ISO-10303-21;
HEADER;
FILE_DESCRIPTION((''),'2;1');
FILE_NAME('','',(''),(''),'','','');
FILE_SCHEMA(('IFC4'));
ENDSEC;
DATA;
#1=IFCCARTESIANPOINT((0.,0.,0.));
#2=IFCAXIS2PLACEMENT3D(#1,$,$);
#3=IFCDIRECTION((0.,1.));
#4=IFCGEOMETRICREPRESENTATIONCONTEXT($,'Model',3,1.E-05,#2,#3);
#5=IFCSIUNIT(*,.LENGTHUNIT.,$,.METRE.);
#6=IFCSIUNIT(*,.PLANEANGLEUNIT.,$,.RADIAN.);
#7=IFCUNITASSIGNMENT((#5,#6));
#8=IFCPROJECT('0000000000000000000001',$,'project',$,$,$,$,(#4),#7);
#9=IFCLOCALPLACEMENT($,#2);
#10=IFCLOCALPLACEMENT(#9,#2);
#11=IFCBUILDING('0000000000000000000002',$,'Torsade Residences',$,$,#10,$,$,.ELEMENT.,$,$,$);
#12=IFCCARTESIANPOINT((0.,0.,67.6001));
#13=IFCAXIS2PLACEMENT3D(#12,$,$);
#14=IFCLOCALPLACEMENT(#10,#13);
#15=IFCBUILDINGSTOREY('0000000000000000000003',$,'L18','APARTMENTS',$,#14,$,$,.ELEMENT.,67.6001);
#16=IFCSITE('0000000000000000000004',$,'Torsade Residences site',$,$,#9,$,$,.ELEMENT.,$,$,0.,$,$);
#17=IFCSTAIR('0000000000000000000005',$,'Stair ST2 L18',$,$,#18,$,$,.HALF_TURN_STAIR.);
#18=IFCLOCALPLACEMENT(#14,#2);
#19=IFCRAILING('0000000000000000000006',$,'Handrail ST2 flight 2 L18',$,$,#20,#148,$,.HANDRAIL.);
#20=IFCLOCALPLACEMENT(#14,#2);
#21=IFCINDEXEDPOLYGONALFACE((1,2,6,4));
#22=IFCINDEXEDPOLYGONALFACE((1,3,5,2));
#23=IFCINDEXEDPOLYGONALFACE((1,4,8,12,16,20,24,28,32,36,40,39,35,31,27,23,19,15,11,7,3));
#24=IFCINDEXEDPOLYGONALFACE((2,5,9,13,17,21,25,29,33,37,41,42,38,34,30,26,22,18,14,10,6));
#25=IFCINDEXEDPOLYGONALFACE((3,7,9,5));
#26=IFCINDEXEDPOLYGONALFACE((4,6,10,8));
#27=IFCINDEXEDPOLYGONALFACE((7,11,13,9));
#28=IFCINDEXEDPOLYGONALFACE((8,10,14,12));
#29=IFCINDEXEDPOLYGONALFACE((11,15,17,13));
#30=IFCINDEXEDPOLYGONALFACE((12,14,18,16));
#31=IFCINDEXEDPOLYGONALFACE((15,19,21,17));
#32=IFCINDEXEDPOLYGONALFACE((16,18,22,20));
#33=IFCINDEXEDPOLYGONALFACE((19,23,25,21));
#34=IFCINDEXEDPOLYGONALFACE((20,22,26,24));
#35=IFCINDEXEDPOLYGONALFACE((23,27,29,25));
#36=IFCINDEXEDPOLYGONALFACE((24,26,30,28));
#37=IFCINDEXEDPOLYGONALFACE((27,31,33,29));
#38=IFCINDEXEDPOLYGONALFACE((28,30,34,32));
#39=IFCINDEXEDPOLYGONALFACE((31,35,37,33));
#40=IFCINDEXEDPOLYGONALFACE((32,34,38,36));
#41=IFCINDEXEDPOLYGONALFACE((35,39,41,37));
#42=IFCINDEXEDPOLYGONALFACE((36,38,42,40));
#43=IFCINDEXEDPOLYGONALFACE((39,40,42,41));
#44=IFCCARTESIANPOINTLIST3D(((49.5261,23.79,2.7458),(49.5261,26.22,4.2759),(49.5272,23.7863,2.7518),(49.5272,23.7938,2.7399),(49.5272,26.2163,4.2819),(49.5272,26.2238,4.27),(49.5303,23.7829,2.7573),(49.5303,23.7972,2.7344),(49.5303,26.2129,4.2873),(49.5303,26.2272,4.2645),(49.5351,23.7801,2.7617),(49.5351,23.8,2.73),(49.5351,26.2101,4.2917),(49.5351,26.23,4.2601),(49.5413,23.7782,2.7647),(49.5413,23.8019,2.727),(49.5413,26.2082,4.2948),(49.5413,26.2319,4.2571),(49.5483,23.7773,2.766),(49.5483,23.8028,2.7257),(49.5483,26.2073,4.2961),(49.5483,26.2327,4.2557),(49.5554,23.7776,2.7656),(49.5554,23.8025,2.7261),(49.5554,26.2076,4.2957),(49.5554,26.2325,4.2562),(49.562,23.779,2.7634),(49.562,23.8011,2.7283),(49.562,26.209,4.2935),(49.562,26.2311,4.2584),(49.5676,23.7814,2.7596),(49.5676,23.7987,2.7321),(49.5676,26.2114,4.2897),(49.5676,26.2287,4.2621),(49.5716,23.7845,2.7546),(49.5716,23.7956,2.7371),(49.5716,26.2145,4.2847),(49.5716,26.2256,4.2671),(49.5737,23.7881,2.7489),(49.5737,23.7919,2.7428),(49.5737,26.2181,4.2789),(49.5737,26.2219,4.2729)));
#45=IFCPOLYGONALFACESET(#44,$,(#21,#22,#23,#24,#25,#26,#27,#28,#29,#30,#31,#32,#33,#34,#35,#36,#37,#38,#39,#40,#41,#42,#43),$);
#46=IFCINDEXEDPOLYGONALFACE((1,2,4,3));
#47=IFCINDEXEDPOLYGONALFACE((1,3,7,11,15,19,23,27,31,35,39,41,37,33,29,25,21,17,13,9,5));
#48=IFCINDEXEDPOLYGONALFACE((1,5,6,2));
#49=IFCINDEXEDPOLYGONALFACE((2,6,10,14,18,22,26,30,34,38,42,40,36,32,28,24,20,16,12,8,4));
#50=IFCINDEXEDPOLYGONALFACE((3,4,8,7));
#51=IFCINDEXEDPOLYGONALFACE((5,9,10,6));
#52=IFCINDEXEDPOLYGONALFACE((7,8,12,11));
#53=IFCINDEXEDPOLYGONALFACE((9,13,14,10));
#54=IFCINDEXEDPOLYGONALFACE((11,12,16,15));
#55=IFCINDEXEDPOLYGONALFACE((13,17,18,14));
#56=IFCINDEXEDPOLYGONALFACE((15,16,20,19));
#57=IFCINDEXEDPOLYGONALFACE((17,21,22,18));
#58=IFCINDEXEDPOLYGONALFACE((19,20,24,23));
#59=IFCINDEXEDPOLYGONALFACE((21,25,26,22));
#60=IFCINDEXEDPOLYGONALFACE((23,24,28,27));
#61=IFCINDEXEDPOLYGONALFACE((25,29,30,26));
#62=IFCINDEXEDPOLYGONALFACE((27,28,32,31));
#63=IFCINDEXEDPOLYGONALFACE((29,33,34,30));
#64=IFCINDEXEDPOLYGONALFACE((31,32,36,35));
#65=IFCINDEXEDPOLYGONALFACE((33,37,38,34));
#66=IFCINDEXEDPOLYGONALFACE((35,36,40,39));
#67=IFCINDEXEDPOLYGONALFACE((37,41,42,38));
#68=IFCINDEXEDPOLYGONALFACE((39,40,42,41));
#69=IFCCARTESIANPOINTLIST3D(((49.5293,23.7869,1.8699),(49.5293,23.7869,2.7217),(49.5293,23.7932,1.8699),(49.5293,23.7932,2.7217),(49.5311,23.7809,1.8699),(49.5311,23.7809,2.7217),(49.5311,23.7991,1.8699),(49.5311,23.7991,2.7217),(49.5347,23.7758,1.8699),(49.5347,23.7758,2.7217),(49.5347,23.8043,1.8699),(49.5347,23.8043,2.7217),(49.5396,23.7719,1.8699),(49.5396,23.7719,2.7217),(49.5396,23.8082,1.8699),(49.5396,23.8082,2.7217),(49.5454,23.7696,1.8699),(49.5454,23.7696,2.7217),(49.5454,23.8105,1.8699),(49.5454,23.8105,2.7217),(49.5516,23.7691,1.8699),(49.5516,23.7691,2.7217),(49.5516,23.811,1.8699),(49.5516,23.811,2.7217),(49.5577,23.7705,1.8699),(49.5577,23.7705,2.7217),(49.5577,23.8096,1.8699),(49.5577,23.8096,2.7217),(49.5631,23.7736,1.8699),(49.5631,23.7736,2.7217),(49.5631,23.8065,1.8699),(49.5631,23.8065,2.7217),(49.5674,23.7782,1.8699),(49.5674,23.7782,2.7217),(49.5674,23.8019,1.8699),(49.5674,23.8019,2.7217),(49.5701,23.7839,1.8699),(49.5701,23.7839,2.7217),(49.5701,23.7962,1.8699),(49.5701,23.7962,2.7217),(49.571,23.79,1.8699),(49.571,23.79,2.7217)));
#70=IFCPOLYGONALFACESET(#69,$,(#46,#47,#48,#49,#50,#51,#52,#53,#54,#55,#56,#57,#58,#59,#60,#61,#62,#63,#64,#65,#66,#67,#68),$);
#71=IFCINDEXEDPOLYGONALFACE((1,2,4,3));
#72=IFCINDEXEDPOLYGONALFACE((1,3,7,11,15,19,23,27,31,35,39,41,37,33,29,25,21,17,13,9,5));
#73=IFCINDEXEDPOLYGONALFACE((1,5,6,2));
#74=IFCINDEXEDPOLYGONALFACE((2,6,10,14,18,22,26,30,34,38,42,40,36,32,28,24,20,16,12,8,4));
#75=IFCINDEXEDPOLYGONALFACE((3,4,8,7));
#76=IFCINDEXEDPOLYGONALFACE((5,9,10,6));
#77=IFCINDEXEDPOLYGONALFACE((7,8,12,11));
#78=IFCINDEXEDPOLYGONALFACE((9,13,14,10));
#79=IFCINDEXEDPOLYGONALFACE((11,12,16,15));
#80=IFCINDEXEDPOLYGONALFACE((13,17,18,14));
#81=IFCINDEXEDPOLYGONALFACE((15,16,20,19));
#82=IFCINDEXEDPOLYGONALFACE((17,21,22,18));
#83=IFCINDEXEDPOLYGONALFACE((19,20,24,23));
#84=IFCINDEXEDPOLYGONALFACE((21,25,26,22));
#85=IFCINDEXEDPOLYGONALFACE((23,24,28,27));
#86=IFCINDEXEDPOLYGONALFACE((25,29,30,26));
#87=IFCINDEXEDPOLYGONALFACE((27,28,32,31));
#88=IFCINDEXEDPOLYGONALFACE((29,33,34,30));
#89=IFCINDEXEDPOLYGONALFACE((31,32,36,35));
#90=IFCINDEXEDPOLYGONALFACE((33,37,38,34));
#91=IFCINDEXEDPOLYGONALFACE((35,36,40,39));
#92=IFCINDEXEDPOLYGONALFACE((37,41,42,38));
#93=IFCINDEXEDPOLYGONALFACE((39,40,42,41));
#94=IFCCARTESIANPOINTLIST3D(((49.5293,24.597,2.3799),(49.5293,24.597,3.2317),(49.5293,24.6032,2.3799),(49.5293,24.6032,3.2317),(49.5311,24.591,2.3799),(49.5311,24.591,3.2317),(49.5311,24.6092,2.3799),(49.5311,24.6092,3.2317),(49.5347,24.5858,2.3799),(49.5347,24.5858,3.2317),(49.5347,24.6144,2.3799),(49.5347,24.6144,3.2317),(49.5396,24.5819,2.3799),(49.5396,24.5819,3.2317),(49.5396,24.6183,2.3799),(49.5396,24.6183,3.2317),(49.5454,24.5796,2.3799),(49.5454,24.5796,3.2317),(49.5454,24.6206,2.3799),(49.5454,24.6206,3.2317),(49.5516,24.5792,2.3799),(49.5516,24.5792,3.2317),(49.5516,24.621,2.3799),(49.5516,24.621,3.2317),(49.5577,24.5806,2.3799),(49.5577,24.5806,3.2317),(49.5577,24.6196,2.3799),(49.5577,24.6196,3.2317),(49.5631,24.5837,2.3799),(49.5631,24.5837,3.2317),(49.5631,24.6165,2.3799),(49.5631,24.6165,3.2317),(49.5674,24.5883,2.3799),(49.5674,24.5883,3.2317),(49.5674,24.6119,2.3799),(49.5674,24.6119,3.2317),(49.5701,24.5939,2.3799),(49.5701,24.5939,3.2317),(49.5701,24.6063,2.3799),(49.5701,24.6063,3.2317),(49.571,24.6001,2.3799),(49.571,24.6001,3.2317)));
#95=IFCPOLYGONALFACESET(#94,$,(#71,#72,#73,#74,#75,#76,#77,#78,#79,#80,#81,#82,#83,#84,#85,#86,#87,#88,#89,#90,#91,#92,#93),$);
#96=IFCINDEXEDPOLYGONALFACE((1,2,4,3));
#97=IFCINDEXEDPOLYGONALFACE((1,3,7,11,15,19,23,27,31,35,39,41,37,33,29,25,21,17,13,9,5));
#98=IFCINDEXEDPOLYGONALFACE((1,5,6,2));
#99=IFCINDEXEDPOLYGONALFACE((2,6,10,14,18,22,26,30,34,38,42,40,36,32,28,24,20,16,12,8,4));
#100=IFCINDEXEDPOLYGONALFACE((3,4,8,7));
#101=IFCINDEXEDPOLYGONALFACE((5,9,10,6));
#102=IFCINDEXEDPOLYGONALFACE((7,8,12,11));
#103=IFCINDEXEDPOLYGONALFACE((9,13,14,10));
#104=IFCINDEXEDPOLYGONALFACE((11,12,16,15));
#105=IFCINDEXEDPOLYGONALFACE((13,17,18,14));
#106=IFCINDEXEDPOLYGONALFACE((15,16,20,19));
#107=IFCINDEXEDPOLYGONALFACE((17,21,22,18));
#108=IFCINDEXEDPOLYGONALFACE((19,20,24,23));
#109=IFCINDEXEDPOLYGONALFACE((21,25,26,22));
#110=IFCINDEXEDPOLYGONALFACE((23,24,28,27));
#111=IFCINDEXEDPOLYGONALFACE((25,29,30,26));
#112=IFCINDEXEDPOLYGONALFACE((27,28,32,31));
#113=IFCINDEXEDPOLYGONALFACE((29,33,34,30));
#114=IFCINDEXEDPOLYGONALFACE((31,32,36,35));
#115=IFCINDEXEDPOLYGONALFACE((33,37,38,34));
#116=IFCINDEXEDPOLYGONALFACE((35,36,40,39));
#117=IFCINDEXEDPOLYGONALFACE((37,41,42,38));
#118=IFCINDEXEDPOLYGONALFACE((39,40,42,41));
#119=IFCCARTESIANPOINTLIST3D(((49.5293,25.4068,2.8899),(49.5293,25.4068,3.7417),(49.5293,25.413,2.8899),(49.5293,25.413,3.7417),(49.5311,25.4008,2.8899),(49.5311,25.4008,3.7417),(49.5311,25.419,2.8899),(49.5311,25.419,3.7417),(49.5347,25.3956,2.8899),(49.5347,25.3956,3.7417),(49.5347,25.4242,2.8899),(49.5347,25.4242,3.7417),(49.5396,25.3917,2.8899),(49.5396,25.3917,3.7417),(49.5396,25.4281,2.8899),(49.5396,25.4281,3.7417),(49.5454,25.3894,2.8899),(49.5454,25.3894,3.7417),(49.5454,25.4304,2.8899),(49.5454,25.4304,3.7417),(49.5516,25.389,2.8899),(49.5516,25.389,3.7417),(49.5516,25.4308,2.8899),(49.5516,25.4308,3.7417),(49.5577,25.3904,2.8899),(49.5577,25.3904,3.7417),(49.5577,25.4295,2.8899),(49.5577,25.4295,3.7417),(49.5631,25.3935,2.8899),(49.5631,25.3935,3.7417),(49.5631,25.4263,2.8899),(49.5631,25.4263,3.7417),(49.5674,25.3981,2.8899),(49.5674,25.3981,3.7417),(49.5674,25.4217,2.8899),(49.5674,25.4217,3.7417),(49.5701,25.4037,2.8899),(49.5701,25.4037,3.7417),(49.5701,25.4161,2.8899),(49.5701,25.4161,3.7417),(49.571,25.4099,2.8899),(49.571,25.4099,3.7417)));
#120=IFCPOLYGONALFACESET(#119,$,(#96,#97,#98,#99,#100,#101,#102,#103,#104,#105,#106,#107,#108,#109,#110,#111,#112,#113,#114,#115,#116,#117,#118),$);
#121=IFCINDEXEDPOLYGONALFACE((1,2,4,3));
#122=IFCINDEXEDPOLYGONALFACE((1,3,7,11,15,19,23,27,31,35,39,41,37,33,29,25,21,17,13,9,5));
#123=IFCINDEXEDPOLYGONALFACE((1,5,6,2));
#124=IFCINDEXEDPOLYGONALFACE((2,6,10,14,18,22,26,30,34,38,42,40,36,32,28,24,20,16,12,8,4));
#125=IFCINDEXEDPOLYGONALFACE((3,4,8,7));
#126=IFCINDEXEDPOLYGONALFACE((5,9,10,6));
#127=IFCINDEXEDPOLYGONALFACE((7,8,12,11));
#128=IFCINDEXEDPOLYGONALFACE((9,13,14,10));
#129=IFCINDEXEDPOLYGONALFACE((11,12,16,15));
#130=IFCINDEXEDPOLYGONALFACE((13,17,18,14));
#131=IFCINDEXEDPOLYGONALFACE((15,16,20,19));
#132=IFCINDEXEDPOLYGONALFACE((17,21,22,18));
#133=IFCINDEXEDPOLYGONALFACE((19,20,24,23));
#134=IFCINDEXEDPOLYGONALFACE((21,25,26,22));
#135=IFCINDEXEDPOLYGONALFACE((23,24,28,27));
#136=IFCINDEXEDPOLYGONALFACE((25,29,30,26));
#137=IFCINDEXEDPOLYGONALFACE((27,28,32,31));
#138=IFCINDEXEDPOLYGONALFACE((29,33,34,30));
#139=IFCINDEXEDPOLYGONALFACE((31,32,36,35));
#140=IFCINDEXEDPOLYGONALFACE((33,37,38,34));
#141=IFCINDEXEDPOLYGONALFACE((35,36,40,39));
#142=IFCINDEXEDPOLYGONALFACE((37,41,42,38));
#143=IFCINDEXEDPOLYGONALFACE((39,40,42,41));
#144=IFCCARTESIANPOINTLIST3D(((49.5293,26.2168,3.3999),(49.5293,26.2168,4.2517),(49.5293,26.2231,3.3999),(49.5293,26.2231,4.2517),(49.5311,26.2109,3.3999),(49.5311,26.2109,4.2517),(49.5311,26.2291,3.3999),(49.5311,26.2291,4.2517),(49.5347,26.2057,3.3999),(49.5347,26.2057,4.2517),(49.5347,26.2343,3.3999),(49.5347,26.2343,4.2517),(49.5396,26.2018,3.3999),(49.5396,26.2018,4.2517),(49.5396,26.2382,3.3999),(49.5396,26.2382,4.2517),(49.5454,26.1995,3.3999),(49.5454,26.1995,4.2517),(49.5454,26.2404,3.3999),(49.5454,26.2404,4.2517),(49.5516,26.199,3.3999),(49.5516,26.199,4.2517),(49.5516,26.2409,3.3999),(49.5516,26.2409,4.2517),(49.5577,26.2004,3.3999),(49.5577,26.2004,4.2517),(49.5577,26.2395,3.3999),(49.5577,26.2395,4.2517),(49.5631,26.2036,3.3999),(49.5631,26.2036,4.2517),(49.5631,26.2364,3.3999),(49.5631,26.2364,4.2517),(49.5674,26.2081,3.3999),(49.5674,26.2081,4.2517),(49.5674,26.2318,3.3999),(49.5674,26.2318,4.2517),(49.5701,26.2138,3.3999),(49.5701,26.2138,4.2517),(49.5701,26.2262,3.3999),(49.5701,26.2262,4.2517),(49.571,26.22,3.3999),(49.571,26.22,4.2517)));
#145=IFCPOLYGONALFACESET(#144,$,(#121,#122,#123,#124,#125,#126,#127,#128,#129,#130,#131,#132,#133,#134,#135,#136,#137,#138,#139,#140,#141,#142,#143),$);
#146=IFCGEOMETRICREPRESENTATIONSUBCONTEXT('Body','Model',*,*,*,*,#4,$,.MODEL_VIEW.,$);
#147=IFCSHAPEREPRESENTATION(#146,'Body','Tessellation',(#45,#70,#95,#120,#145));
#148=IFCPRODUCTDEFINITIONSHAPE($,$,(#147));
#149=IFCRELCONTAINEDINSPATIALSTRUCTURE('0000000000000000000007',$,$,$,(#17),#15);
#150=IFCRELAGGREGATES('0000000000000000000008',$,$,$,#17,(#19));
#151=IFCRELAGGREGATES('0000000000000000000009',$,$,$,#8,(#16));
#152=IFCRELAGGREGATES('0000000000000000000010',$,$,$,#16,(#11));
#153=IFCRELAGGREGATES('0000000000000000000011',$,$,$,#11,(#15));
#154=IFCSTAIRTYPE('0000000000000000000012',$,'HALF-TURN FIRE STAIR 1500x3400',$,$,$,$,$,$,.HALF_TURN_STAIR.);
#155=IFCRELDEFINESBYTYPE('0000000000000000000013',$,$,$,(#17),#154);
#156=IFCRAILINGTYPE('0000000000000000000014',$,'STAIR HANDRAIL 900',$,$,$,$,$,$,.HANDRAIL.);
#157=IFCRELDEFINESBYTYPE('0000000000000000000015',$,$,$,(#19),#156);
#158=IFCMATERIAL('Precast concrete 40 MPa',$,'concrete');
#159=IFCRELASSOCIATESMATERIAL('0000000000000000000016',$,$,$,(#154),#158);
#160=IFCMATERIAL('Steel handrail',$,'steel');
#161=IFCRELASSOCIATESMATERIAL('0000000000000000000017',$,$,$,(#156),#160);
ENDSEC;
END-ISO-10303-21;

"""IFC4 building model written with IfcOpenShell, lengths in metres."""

from ifc_helpers import new_model, si_unit, direction, frame, origin, origin_2d, place, context, subcontext, project, spatial, circle, extrude, material, type_object, element, aggregate, save


model = new_model("IFC4")

# Units and contexts
model_context = context("Model", 3, precision=1e-05, world=origin(), true_north=direction((0.0, 1.0)))
body_context = subcontext(model_context, "Body", "Model", "MODEL_VIEW")
ifc_project = project(units=[si_unit("LENGTHUNIT", "METRE"), si_unit("PLANEANGLEUNIT", "RADIAN")], contexts=[model_context])

# Site, building, storey
site_placement = place(None, origin())
site = spatial("IfcSite", under=ifc_project, at=site_placement, Name="Torsade Residences site", CompositionType="ELEMENT", RefElevation=0.0)
building_placement = place(site_placement, origin())
building = spatial("IfcBuilding", under=site, at=building_placement, Name="Torsade Residences", CompositionType="ELEMENT")
storey_placement = place(building_placement, frame((0.0, 0.0, 67.6001)))
storey = spatial("IfcBuildingStorey", under=building, at=storey_placement, Name="L18", Description="APARTMENTS", CompositionType="ELEMENT", Elevation=67.6001)

# Stair, railing
ifc_material_1 = material(Name="Precast concrete 40 MPa", Category="concrete")
stair_type = type_object("IfcStairType", Name="HALF-TURN FIRE STAIR 1500x3400", PredefinedType="HALF_TURN_STAIR", material=ifc_material_1)
stair_placement = place(storey_placement, origin())
stair = element("IfcStair", 1, at=stair_placement, inside=storey, type_object=stair_type, Name="Stair ST2 L18", PredefinedType="HALF_TURN_STAIR")
ifc_material_2 = material(Name="Steel handrail", Category="steel")
railing_type = type_object("IfcRailingType", Name="STAIR HANDRAIL 900", PredefinedType="HANDRAIL", material=ifc_material_2)
railing_1_placement = place(storey_placement, frame((49.55, 23.79, 1.8699)))
railing_1 = element("IfcRailing", 2, at=railing_1_placement, type_object=railing_type, Name="Handrail ST2 flight 2 L18", PredefinedType="HANDRAIL", context=body_context, shape_type="SweptSolid", body=[
    extrude(circle(Radius=0.0239, at=origin_2d()), frame((0.0, 0.0, 0.876), z_axis=(0.0, 0.846221, 0.532831), x_axis=(-1.0, 0.0, 0.0)), (0.0, 0.0, 1.0), 2.8716),
    extrude(circle(Radius=0.021, at=origin_2d()), origin(), (0.0, 0.0, 1.0), 0.8518),
    extrude(circle(Radius=0.021, at=origin_2d()), frame((0.0, 0.8101, 0.51)), (0.0, 0.0, 1.0), 0.8518),
    extrude(circle(Radius=0.021, at=origin_2d()), frame((0.0, 1.6199, 1.02)), (0.0, 0.0, 1.0), 0.8518),
    extrude(circle(Radius=0.021, at=origin_2d()), frame((0.0, 2.4299, 1.53)), (0.0, 0.0, 1.0), 0.8518),
])
aggregate(stair, [railing_1])

save(model, "model.ifc")
